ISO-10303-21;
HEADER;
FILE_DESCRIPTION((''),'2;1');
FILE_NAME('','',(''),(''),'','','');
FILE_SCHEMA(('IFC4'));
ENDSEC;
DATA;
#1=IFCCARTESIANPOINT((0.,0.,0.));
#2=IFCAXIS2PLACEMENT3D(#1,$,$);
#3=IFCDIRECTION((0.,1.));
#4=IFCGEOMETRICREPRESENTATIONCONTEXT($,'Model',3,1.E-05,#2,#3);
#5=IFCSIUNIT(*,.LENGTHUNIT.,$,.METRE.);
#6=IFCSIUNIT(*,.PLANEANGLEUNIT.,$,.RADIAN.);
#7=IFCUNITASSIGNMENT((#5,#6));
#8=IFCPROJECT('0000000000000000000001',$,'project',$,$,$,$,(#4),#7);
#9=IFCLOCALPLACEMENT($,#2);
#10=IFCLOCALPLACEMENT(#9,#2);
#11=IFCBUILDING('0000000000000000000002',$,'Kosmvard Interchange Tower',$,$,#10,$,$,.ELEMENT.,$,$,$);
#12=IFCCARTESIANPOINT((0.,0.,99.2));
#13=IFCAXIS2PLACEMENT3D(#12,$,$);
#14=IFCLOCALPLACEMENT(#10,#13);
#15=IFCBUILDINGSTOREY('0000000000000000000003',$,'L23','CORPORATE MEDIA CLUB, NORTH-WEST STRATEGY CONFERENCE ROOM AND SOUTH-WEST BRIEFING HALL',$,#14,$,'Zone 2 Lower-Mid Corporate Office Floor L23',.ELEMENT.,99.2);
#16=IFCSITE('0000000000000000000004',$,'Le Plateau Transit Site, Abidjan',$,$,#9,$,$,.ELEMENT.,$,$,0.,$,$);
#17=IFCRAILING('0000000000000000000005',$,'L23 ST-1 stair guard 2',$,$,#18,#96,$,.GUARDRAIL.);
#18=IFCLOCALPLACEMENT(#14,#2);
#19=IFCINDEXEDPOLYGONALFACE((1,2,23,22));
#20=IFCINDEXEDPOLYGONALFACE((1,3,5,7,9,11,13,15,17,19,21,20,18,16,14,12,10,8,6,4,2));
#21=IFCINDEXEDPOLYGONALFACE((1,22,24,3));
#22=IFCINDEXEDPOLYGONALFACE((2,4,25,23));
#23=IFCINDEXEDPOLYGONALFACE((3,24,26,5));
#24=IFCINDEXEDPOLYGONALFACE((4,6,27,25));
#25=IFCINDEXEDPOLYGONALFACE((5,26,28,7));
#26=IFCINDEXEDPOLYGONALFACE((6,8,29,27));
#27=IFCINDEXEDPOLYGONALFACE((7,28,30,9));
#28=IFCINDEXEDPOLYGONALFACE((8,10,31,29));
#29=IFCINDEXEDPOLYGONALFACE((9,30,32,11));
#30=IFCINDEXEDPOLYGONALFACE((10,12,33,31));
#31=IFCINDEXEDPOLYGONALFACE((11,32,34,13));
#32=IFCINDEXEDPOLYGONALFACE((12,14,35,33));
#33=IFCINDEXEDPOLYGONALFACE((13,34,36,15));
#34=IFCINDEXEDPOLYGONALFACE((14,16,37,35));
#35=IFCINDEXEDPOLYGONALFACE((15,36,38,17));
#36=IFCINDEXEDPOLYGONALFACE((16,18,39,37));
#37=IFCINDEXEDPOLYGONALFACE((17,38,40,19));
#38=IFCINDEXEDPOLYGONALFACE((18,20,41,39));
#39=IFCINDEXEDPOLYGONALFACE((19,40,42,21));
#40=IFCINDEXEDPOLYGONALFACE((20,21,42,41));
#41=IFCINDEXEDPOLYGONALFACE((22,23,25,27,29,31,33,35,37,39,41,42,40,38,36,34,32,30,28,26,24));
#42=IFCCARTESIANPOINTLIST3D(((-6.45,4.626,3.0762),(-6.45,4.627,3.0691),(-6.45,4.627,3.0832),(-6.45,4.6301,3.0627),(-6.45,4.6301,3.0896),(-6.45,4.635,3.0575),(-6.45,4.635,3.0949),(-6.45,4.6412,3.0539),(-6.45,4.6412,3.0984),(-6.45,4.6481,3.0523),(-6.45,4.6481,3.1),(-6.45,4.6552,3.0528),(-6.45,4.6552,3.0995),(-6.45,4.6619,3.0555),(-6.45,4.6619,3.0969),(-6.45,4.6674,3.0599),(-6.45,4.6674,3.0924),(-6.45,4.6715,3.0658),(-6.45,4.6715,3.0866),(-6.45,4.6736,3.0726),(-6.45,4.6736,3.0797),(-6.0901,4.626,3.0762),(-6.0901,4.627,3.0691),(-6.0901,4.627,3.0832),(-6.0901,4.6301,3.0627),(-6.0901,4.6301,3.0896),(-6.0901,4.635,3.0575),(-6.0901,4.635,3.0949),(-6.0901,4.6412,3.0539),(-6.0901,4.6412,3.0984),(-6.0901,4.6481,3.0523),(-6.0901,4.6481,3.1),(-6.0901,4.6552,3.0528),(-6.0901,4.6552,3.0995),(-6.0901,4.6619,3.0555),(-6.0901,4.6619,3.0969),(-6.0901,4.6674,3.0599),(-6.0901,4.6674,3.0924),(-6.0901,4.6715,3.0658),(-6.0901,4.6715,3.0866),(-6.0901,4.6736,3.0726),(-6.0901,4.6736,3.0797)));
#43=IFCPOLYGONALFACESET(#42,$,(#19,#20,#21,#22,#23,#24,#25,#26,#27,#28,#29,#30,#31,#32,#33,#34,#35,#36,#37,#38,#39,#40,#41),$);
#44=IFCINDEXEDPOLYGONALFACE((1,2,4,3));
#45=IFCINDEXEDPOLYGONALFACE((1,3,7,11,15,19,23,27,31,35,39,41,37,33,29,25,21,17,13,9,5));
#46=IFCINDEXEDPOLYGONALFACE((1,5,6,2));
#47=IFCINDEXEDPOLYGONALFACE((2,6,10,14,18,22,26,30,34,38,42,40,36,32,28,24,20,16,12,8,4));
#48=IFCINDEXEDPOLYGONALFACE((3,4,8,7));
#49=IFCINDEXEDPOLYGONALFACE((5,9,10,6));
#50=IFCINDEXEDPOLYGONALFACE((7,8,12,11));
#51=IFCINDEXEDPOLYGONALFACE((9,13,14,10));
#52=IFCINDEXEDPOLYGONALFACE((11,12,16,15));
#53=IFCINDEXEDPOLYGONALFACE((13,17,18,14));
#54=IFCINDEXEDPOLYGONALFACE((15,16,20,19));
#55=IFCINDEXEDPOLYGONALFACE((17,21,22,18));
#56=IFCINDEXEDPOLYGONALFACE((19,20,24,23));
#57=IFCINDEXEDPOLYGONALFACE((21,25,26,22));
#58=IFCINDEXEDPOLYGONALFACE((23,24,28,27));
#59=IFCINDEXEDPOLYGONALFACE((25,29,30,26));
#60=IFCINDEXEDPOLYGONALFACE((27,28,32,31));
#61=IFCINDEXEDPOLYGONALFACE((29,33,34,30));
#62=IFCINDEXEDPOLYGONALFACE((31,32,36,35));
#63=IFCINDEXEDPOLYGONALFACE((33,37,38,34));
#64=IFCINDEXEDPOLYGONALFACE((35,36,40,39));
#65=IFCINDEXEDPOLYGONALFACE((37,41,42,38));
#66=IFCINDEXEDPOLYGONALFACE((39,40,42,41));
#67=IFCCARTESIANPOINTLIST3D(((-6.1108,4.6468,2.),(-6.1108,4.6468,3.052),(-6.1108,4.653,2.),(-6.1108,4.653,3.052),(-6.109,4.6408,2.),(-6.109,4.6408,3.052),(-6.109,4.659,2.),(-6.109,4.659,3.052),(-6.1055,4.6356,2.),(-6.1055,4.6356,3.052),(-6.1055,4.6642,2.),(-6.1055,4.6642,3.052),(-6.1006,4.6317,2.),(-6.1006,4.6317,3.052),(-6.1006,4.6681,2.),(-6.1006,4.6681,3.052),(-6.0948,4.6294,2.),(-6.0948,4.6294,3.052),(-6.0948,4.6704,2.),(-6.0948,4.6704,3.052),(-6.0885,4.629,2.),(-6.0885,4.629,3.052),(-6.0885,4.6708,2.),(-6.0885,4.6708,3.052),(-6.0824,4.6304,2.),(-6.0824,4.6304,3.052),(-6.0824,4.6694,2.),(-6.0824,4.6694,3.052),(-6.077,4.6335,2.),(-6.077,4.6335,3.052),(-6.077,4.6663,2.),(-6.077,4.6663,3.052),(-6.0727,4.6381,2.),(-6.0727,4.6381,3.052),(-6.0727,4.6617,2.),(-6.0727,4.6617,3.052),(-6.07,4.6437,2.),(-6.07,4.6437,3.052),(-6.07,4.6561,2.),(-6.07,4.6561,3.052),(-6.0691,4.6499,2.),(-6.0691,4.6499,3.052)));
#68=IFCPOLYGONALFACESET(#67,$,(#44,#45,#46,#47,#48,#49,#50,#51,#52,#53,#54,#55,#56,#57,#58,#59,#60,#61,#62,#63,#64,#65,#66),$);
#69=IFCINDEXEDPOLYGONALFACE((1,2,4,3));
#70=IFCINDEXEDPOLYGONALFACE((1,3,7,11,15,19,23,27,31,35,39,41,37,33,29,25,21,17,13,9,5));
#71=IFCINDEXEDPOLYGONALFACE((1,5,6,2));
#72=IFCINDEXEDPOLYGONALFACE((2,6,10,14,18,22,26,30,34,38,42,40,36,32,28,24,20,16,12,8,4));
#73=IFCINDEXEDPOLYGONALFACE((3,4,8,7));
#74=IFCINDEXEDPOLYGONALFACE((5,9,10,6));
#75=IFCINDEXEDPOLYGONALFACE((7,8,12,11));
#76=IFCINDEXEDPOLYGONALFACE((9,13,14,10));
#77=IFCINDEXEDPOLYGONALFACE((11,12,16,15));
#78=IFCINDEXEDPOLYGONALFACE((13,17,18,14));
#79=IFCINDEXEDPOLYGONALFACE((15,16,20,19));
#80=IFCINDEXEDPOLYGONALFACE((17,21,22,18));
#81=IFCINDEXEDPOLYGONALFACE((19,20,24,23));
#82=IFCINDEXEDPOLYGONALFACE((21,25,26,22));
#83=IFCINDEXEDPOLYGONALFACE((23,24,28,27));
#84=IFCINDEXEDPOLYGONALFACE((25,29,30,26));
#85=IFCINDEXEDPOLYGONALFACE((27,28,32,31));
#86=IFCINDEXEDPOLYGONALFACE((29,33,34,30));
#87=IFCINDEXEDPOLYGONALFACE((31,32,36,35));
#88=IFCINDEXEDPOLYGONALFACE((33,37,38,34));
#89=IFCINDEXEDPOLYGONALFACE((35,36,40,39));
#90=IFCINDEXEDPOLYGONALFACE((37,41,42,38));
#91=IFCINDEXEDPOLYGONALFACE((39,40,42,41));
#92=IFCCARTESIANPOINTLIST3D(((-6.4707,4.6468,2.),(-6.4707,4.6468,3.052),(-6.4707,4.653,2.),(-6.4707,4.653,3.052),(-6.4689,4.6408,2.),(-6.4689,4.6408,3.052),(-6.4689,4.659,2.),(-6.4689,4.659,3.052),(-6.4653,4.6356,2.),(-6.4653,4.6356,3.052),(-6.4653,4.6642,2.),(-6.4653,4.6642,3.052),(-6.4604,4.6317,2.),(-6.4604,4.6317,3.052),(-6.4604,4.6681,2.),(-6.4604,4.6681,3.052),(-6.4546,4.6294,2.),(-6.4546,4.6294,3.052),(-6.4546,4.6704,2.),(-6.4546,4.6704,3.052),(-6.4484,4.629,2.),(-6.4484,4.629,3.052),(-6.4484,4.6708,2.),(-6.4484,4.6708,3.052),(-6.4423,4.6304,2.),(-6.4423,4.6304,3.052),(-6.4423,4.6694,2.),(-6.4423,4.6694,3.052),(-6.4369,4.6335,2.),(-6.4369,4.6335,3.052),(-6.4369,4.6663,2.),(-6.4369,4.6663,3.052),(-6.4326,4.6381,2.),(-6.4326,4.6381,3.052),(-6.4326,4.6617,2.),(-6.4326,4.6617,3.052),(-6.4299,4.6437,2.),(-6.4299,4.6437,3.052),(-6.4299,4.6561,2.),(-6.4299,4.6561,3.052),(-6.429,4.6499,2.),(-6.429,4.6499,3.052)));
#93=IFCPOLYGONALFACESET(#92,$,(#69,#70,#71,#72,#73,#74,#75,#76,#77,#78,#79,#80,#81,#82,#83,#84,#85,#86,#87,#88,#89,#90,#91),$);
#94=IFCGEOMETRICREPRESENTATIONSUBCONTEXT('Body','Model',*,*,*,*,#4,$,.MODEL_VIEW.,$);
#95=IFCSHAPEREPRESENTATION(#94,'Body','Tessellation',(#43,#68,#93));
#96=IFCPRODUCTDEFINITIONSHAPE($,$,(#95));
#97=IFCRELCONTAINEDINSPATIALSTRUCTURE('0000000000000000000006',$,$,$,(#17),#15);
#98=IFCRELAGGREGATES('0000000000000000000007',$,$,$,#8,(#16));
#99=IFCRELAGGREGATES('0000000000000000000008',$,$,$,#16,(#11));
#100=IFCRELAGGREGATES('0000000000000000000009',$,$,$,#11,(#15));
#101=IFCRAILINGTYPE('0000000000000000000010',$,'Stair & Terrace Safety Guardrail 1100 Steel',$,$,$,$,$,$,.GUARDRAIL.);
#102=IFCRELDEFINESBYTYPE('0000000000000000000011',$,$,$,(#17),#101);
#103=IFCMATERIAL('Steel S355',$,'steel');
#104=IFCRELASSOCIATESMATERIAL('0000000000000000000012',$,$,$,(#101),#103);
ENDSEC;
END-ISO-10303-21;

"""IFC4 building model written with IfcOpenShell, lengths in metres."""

from ifc_helpers import new_model, si_unit, direction, frame, origin, origin_2d, place, context, subcontext, project, spatial, circle, extrude, source, transform, mapped, material, type_object, element, save


model = new_model("IFC4")

# Units and contexts
model_context = context("Model", 3, precision=1e-05, world=origin(), true_north=direction((0.0, 1.0)))
body_context = subcontext(model_context, "Body", "Model", "MODEL_VIEW")
ifc_project = project(units=[si_unit("LENGTHUNIT", "METRE"), si_unit("PLANEANGLEUNIT", "RADIAN")], contexts=[model_context])

# Site, building, storey
site_placement = place(None, origin())
site = spatial("IfcSite", under=ifc_project, at=site_placement, Name="Le Plateau Transit Site, Abidjan", CompositionType="ELEMENT", RefElevation=0.0)
building_placement = place(site_placement, origin())
building = spatial("IfcBuilding", under=site, at=building_placement, Name="Kosmvard Interchange Tower", CompositionType="ELEMENT")
storey_placement = place(building_placement, frame((0.0, 0.0, 99.2)))
storey = spatial("IfcBuildingStorey", under=building, at=storey_placement, Name="L23", Description="CORPORATE MEDIA CLUB, NORTH-WEST STRATEGY CONFERENCE ROOM AND SOUTH-WEST BRIEFING HALL", LongName="Zone 2 Lower-Mid Corporate Office Floor L23", CompositionType="ELEMENT", Elevation=99.2)

# Shared definitions
ifc_material_1 = material(Name="Steel S355", Category="steel")

# Railing
railing_type_1 = type_object("IfcRailingType", Name="Stair & Terrace Safety Guardrail 1100 Steel", PredefinedType="GUARDRAIL", material=ifc_material_1)
shared_shape_1 = source(origin(), body_context, "Body", "SweptSolid", [
    extrude(circle(Radius=0.0239, at=origin_2d()), frame((0.0, 0.0, 1.0762), z_axis=(-1.0, 0.0, 0.0), x_axis=(0.0, -1.0, 0.0)), (0.0, 0.0, 1.0), 0.3599),
    extrude(circle(Radius=0.021, at=origin_2d()), origin(), (0.0, 0.0, 1.0), 1.052),
    extrude(circle(Radius=0.021, at=origin_2d()), frame((-0.3599, 0.0, 0.0)), (0.0, 0.0, 1.0), 1.052),
])
railing_1_placement = place(storey_placement, frame((-6.0901, 4.6499, 2.0)))
element("IfcRailing", 1, at=railing_1_placement, inside=storey, type_object=railing_type_1, Name="L23 ST-1 stair guard 2", PredefinedType="GUARDRAIL", context=body_context, shape_type="MappedRepresentation", body=[
    mapped(shared_shape_1, transform((0.0, 0.0, 0.0), scale=1.0)),
])

save(model, "model.ifc")
